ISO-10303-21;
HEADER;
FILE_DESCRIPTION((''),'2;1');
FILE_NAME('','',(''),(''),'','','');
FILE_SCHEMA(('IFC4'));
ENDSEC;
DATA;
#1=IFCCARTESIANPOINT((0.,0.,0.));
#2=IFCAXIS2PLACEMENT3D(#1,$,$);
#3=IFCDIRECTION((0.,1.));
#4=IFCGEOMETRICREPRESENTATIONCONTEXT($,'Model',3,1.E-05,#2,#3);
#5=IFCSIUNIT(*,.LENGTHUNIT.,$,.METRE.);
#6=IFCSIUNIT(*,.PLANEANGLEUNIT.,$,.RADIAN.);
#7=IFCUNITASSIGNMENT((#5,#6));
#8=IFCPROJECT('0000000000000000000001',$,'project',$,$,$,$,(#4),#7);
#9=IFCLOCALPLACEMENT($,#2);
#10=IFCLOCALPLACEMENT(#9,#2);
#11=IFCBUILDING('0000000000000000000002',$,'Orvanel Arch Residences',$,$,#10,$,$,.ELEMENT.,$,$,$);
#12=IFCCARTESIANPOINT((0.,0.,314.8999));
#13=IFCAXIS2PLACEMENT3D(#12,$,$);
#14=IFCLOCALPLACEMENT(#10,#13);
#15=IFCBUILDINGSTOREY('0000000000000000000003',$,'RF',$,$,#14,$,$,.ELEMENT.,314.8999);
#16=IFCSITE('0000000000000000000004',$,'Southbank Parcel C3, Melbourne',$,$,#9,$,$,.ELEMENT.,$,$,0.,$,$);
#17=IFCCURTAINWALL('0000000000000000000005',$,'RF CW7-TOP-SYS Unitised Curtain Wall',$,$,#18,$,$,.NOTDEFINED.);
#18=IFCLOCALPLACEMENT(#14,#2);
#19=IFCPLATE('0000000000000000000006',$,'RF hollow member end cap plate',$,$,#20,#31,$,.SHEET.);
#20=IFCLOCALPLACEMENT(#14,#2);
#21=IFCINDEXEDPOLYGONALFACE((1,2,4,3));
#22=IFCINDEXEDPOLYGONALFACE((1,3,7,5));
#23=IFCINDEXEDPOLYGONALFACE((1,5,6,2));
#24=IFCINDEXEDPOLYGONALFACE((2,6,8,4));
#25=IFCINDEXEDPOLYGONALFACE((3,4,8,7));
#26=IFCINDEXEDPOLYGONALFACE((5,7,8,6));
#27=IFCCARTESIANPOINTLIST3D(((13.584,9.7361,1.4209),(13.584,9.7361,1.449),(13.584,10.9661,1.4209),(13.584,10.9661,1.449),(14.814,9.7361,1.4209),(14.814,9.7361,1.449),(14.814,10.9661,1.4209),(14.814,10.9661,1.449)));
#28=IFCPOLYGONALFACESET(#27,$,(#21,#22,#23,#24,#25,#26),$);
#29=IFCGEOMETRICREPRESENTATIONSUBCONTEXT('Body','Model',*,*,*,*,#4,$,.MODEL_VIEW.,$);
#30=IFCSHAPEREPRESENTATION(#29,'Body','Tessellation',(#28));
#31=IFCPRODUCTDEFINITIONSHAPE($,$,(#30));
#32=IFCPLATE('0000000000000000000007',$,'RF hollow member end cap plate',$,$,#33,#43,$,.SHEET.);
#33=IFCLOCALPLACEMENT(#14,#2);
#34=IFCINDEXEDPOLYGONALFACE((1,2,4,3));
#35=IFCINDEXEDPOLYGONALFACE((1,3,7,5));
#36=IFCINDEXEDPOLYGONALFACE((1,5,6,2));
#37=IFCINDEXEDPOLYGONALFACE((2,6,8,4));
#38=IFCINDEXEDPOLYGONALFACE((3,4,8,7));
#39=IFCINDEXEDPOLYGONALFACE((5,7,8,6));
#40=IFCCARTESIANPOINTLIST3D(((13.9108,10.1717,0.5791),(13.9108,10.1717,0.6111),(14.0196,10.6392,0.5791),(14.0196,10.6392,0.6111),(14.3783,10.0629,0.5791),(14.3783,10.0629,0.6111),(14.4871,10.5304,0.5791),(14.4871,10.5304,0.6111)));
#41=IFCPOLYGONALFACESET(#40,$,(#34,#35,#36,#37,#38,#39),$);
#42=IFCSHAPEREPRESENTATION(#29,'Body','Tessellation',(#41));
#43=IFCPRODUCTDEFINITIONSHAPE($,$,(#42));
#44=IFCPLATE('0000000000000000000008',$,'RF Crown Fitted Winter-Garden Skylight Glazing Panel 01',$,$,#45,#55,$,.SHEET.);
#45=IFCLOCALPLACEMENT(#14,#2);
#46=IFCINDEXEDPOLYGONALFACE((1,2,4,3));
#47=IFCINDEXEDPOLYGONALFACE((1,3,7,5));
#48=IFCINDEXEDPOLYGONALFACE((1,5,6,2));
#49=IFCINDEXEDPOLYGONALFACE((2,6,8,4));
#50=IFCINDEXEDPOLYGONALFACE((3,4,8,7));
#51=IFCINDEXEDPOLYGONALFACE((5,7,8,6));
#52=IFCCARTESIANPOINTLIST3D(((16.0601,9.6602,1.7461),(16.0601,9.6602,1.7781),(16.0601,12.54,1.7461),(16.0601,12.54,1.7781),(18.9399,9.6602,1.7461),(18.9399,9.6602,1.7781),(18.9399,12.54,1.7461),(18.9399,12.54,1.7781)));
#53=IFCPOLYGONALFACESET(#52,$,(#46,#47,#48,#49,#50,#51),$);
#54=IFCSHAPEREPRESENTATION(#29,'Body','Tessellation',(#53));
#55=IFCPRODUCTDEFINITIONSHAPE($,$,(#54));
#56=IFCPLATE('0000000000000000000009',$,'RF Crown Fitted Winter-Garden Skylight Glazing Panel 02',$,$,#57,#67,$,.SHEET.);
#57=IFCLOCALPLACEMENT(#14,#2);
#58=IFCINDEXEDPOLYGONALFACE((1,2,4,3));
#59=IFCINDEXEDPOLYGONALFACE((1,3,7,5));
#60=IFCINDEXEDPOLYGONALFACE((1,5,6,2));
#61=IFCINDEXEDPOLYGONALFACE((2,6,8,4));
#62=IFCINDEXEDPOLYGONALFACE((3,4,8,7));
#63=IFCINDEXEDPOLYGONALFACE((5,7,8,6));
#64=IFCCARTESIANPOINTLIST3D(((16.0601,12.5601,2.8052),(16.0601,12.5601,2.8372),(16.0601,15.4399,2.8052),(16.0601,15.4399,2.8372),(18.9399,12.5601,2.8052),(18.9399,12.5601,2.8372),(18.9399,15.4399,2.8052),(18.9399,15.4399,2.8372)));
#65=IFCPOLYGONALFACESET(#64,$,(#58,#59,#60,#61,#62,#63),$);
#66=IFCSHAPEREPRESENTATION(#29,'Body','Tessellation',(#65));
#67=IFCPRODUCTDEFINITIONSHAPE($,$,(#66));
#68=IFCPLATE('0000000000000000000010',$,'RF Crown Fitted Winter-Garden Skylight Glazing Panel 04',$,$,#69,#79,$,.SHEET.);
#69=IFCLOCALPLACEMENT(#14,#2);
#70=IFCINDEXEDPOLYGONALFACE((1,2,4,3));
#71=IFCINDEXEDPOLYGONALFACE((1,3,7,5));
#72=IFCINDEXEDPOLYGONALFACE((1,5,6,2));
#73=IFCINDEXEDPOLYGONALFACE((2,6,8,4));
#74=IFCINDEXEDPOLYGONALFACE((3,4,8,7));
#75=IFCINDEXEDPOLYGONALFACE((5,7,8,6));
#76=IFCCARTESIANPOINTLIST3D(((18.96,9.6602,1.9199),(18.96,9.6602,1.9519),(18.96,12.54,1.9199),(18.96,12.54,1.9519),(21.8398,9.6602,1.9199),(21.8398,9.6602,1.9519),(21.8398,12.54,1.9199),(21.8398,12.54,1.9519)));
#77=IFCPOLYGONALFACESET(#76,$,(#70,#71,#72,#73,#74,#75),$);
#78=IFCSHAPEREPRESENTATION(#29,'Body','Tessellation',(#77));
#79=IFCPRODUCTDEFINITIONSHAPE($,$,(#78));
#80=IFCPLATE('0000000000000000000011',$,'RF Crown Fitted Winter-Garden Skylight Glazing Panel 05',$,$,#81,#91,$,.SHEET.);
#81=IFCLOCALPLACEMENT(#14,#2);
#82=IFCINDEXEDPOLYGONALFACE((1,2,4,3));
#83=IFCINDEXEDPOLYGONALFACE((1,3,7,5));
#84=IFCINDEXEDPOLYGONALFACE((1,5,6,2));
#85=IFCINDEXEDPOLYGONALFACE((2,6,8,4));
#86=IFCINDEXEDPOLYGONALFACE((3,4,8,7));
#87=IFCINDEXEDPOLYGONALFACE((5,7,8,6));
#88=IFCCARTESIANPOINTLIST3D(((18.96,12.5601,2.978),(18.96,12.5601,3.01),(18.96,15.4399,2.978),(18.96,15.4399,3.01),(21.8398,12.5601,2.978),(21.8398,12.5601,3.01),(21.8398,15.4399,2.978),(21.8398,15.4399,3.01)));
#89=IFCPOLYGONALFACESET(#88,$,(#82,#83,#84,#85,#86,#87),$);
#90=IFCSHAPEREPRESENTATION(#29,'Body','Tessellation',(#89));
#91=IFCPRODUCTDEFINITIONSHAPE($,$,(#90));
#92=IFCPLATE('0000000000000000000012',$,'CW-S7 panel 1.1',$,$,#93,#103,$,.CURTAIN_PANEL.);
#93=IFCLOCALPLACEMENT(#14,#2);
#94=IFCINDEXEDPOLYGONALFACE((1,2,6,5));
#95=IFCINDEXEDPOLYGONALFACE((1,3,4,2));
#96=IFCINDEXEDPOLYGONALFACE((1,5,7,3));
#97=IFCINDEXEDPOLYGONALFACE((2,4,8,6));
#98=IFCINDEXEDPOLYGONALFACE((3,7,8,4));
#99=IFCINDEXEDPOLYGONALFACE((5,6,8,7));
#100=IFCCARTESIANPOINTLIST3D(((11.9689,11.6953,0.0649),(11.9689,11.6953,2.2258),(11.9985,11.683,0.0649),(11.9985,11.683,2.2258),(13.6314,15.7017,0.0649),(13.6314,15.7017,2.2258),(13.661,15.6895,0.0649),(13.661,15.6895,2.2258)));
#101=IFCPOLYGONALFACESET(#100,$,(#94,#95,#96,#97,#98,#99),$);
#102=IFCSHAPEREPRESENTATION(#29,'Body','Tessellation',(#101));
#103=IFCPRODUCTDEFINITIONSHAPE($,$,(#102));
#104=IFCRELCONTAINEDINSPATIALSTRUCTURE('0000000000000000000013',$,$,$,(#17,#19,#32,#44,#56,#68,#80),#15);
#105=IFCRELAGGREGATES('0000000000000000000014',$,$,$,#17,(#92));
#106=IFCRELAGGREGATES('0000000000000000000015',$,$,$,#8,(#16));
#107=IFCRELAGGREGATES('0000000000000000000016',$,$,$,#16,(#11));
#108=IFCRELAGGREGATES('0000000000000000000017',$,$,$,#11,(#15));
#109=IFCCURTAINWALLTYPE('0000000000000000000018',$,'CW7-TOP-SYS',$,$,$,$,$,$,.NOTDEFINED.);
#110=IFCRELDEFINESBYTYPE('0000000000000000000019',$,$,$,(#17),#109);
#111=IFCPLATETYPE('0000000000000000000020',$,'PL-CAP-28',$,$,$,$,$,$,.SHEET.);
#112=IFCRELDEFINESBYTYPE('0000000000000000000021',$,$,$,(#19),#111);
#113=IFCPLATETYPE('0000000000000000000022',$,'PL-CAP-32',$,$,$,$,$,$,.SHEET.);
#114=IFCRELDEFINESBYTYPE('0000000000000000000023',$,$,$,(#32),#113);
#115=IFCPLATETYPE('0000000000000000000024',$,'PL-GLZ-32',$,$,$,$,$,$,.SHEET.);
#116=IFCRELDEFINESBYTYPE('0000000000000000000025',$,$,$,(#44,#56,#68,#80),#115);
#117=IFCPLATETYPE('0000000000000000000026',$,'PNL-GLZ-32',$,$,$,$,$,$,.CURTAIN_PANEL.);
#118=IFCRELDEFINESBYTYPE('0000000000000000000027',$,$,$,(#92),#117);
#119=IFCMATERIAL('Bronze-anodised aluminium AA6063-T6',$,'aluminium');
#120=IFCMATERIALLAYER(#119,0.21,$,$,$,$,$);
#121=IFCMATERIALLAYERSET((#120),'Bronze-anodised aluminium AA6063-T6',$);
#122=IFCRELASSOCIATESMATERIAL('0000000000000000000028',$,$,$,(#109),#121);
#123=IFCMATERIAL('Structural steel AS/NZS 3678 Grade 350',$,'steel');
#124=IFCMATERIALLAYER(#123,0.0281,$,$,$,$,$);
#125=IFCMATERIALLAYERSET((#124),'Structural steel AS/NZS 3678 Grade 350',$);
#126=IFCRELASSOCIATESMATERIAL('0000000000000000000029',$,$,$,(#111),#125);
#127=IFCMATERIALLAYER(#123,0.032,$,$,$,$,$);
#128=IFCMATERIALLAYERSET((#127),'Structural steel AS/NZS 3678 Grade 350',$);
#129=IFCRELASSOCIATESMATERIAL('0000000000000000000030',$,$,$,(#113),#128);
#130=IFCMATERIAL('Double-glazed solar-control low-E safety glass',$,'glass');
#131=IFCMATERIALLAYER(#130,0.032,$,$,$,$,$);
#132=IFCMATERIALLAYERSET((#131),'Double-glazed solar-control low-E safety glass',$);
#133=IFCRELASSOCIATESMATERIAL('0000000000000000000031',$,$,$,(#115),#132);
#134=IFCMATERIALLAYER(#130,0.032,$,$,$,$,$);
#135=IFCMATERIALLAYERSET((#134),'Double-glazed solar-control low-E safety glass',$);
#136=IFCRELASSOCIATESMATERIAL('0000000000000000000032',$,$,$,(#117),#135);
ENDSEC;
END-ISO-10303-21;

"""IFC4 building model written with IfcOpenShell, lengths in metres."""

from ifc_helpers import new_model, si_unit, direction, frame, origin, origin_2d, place, context, subcontext, project, spatial, rectangle, extrude, material, layer, layer_set, type_object, element, aggregate, save


model = new_model("IFC4")

# Units and contexts
model_context = context("Model", 3, precision=1e-05, world=origin(), true_north=direction((0.0, 1.0)))
body_context = subcontext(model_context, "Body", "Model", "MODEL_VIEW")
ifc_project = project(units=[si_unit("LENGTHUNIT", "METRE"), si_unit("PLANEANGLEUNIT", "RADIAN")], contexts=[model_context])

# Site, building, storey
site_placement = place(None, origin())
site = spatial("IfcSite", under=ifc_project, at=site_placement, Name="Southbank Parcel C3, Melbourne", CompositionType="ELEMENT", RefElevation=0.0)
building_placement = place(site_placement, origin())
building = spatial("IfcBuilding", under=site, at=building_placement, Name="Orvanel Arch Residences", CompositionType="ELEMENT")
storey_placement = place(building_placement, frame((0.0, 0.0, 314.8999)))
storey = spatial("IfcBuildingStorey", under=building, at=storey_placement, Name="RF", CompositionType="ELEMENT", Elevation=314.8999)

# Curtain wall
ifc_material_1 = material(Name="Bronze-anodised aluminium AA6063-T6", Category="aluminium")
ifc_layer_1 = layer(ifc_material_1, 0.21)
ifc_layer_set_1 = layer_set([ifc_layer_1], Name="Bronze-anodised aluminium AA6063-T6")
curtain_wall_type = type_object("IfcCurtainWallType", Name="CW7-TOP-SYS", PredefinedType="NOTDEFINED", material=ifc_layer_set_1)
curtain_wall_placement = place(storey_placement, origin())
curtain_wall = element("IfcCurtainWall", 1, at=curtain_wall_placement, inside=storey, type_object=curtain_wall_type, Name="RF CW7-TOP-SYS Unitised Curtain Wall", PredefinedType="NOTDEFINED")

# Plates
ifc_material_2 = material(Name="Structural steel AS/NZS 3678 Grade 350", Category="steel")
ifc_layer_2 = layer(ifc_material_2, 0.0281)
ifc_layer_set_2 = layer_set([ifc_layer_2], Name="Structural steel AS/NZS 3678 Grade 350")
plate_type_1 = type_object("IfcPlateType", Name="PL-CAP-28", PredefinedType="SHEET", material=ifc_layer_set_2)
plate_1_placement = place(storey_placement, frame((14.199, 10.3511, 1.4209), z_axis=(0.0, 0.0, 1.0), x_axis=(1.0, 0.0, 0.0)))
element("IfcPlate", 2, at=plate_1_placement, inside=storey, type_object=plate_type_1, Name="RF hollow member end cap plate", PredefinedType="SHEET", context=body_context, shape_type="SweptSolid", body=[
    extrude(rectangle(XDim=1.23, YDim=1.23, at=origin_2d()), origin(), (0.0, 0.0, 1.0), 0.0281),
])
ifc_layer_3 = layer(ifc_material_2, 0.032)
ifc_layer_set_3 = layer_set([ifc_layer_3], Name="Structural steel AS/NZS 3678 Grade 350")
plate_type_2 = type_object("IfcPlateType", Name="PL-CAP-32", PredefinedType="SHEET", material=ifc_layer_set_3)
plate_2_placement = place(storey_placement, frame((14.199, 10.3511, 0.5791), z_axis=(0.0, 0.0, 1.0), x_axis=(0.226651, 0.973976, 0.0)))
element("IfcPlate", 3, at=plate_2_placement, inside=storey, type_object=plate_type_2, Name="RF hollow member end cap plate", PredefinedType="SHEET", context=body_context, shape_type="SweptSolid", body=[
    extrude(rectangle(XDim=0.48, YDim=0.48, at=origin_2d()), origin(), (0.0, 0.0, 1.0), 0.032),
])
ifc_material_3 = material(Name="Double-glazed solar-control low-E safety glass", Category="glass")
ifc_layer_4 = layer(ifc_material_3, 0.032)
ifc_layer_set_4 = layer_set([ifc_layer_4], Name="Double-glazed solar-control low-E safety glass")
plate_type_3 = type_object("IfcPlateType", Name="PL-GLZ-32", PredefinedType="SHEET", material=ifc_layer_set_4)
for number, where, z_axis, x_axis, name in (
    (4, (17.5, 11.1001, 1.7461), (0.0, 0.0, 1.0), (1.0, 0.0, 0.0), "RF Crown Fitted Winter-Garden Skylight Glazing Panel 01"),
    (5, (17.5, 14.0, 2.8052), (0.0, 0.0, 1.0), (1.0, 0.0, 0.0), "RF Crown Fitted Winter-Garden Skylight Glazing Panel 02"),
    (6, (20.3999, 11.1001, 1.9199), (0.0, 0.0, 1.0), (1.0, 0.0, 0.0), "RF Crown Fitted Winter-Garden Skylight Glazing Panel 04"),
    (7, (20.3999, 14.0, 2.978), (0.0, 0.0, 1.0), (1.0, 0.0, 0.0), "RF Crown Fitted Winter-Garden Skylight Glazing Panel 05"),
):
    element("IfcPlate", number, at=place(storey_placement, frame(where, z_axis=z_axis, x_axis=x_axis)), inside=storey, type_object=plate_type_3, Name=name, PredefinedType="SHEET", context=body_context, shape_type="SweptSolid", body=[
        extrude(rectangle(XDim=2.8799, YDim=2.8799, at=origin_2d()), origin(), (0.0, 0.0, 1.0), 0.032),
    ])

# Plate
ifc_layer_5 = layer(ifc_material_3, 0.032)
ifc_layer_set_5 = layer_set([ifc_layer_5], Name="Double-glazed solar-control low-E safety glass")
plate_type_4 = type_object("IfcPlateType", Name="PNL-GLZ-32", PredefinedType="CURTAIN_PANEL", material=ifc_layer_set_5)
plate_3_placement = place(storey_placement, frame((12.8149, 13.6924, 0.0649), z_axis=(0.0, 0.0, 1.0), x_axis=(-0.38327, -0.923636, 0.0)))
plate_3 = element("IfcPlate", 8, at=plate_3_placement, type_object=plate_type_4, Name="CW-S7 panel 1.1", PredefinedType="CURTAIN_PANEL", context=body_context, shape_type="SweptSolid", body=[
    extrude(rectangle(XDim=4.3376, YDim=0.032, at=origin_2d()), origin(), (0.0, 0.0, 1.0), 2.1609),
])
aggregate(curtain_wall, [plate_3])

save(model, "model.ifc")
